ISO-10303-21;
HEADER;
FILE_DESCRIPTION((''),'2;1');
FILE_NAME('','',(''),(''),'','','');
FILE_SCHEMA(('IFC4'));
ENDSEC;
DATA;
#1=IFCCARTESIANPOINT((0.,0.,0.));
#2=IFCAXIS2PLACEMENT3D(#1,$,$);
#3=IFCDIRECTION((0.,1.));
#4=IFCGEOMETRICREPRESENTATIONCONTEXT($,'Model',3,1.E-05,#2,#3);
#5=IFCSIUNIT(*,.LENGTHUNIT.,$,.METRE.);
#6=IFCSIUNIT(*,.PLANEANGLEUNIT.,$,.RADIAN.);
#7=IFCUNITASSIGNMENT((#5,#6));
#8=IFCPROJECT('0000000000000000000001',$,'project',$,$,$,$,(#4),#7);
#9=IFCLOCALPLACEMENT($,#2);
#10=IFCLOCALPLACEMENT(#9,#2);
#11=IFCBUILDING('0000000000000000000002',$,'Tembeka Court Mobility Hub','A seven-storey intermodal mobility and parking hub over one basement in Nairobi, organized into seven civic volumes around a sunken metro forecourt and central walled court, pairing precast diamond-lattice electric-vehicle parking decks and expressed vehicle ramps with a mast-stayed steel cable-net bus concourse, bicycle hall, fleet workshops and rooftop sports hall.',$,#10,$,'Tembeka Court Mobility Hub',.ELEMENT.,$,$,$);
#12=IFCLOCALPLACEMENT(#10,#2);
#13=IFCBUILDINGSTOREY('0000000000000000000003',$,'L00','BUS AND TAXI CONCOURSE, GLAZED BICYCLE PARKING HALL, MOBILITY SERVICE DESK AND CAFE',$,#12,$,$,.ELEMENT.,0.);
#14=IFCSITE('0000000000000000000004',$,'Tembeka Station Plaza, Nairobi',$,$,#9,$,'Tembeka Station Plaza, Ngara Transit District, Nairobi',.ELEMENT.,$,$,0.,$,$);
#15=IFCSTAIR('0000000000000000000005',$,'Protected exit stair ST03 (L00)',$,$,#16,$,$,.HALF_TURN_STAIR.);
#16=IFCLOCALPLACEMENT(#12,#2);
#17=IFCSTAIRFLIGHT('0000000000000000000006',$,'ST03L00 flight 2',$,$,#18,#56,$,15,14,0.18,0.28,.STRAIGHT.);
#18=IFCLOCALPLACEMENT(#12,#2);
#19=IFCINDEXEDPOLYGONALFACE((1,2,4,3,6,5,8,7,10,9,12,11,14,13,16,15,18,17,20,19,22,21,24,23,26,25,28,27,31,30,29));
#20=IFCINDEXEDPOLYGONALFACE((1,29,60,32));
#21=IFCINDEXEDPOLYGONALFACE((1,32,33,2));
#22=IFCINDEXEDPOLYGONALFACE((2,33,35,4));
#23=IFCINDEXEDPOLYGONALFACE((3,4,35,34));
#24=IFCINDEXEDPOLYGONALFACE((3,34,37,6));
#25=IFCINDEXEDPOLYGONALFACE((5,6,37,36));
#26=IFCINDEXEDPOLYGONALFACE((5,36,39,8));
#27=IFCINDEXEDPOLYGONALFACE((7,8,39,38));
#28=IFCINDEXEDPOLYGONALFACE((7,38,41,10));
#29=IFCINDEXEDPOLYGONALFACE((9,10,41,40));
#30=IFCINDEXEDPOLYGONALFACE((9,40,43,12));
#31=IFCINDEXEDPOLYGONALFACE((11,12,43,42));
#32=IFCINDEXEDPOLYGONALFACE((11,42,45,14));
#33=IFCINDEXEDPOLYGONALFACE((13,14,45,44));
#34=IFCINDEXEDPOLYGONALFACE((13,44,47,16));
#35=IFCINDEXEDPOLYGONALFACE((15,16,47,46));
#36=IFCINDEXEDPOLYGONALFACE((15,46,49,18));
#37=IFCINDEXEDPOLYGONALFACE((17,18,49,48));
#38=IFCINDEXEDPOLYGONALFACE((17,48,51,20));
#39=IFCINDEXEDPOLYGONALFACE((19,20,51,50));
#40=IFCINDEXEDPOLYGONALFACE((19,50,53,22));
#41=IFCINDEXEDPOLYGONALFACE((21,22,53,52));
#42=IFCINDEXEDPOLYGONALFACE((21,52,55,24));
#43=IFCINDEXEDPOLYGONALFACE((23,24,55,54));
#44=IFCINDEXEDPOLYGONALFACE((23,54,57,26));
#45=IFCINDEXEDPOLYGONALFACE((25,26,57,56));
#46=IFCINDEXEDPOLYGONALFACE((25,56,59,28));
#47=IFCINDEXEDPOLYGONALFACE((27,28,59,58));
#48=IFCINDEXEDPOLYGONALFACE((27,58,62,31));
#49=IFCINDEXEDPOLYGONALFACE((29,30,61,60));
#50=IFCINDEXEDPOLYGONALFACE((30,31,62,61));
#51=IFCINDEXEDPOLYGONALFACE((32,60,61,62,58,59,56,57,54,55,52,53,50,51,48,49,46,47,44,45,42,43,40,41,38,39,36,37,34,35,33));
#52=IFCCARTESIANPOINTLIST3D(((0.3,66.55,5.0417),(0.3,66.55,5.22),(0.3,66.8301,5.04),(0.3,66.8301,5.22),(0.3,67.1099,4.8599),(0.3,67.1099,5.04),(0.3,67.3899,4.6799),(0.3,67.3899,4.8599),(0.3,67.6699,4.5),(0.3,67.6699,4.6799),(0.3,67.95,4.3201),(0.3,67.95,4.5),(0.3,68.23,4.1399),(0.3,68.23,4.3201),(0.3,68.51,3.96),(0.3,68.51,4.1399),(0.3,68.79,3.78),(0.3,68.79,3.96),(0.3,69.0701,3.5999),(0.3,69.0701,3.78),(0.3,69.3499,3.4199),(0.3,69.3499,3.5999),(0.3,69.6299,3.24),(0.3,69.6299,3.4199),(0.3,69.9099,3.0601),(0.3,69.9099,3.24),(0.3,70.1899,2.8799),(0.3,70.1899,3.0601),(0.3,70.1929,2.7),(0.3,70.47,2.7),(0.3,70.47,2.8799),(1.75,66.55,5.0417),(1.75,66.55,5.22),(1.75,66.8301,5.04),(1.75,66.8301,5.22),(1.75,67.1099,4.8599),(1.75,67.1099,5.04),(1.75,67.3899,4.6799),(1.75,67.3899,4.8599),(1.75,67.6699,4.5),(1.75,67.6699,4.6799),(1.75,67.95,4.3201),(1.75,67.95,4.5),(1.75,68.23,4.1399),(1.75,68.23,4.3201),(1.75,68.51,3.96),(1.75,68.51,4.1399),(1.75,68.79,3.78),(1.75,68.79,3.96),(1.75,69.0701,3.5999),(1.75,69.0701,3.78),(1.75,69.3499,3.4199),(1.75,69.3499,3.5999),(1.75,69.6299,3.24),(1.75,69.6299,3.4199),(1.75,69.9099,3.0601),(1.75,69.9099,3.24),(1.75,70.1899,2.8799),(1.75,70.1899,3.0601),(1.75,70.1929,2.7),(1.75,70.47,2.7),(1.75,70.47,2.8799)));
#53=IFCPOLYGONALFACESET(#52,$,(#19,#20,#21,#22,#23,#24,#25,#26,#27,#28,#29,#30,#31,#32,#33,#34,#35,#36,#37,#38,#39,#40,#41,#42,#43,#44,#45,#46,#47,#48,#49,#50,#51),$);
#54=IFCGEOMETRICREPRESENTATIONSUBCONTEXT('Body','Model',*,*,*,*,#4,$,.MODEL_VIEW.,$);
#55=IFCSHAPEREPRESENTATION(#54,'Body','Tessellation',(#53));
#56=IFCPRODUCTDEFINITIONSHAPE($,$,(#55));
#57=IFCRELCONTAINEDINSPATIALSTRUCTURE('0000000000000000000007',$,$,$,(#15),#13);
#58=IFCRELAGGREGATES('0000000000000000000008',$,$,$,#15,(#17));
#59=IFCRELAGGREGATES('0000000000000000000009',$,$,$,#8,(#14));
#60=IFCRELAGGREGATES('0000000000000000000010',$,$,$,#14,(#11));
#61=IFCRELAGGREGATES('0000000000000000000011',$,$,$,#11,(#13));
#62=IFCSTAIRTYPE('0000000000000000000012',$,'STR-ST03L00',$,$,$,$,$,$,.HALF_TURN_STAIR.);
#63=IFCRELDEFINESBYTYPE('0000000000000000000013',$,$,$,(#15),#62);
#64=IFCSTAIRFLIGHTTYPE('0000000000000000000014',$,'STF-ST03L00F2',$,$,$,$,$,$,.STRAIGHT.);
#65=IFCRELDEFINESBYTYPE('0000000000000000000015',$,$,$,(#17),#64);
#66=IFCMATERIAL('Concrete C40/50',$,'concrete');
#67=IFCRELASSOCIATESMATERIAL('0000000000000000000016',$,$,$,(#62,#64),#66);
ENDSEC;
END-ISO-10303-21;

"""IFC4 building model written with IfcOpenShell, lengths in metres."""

from ifc_helpers import new_model, si_unit, direction, frame, origin, place, context, subcontext, project, spatial, polyline, outline, extrude, material, type_object, element, aggregate, save


model = new_model("IFC4")

# Units and contexts
model_context = context("Model", 3, precision=1e-05, world=origin(), true_north=direction((0.0, 1.0)))
body_context = subcontext(model_context, "Body", "Model", "MODEL_VIEW")
ifc_project = project(units=[si_unit("LENGTHUNIT", "METRE"), si_unit("PLANEANGLEUNIT", "RADIAN")], contexts=[model_context])

# Site, building, storey
site_placement = place(None, origin())
site = spatial("IfcSite", under=ifc_project, at=site_placement, Name="Tembeka Station Plaza, Nairobi", LongName="Tembeka Station Plaza, Ngara Transit District, Nairobi", CompositionType="ELEMENT", RefElevation=0.0)
building_placement = place(site_placement, origin())
building = spatial("IfcBuilding", under=site, at=building_placement, Name="Tembeka Court Mobility Hub", Description="A seven-storey intermodal mobility and parking hub over one basement in Nairobi, organized into seven civic volumes around a sunken metro forecourt and central walled court, pairing precast diamond-lattice electric-vehicle parking decks and expressed vehicle ramps with a mast-stayed steel cable-net bus concourse, bicycle hall, fleet workshops and rooftop sports hall.", LongName="Tembeka Court Mobility Hub", CompositionType="ELEMENT")
storey_placement = place(building_placement, origin())
storey = spatial("IfcBuildingStorey", under=building, at=storey_placement, Name="L00", Description="BUS AND TAXI CONCOURSE, GLAZED BICYCLE PARKING HALL, MOBILITY SERVICE DESK AND CAFE", CompositionType="ELEMENT", Elevation=0.0)

# Shared definitions
ifc_material_1 = material(Name="Concrete C40/50", Category="concrete")

# Stair, stair flight
stair_type = type_object("IfcStairType", Name="STR-ST03L00", PredefinedType="HALF_TURN_STAIR", material=ifc_material_1)
stair_placement = place(storey_placement, origin())
stair = element("IfcStair", 1, at=stair_placement, inside=storey, type_object=stair_type, Name="Protected exit stair ST03 (L00)", PredefinedType="HALF_TURN_STAIR")
stair_flight_type_1 = type_object("IfcStairFlightType", Name="STF-ST03L00F2", PredefinedType="STRAIGHT", material=ifc_material_1)
stair_flight_1_placement = place(storey_placement, frame((1.0249, 70.47, 2.7), z_axis=(0.0, 0.0, 1.0), x_axis=(0.0, -1.0, 0.0)))
stair_flight_1 = element("IfcStairFlight", 2, at=stair_flight_1_placement, type_object=stair_flight_type_1, Name="ST03L00 flight 2", NumberOfRisers=15, NumberOfTreads=14, PredefinedType="STRAIGHT", RiserHeight=0.18, TreadLength=0.28, context=body_context, shape_type="SweptSolid", body=[
    extrude(outline(polyline([(0.0, 0.0), (0.0, 0.1799), (0.28, 0.1799), (0.28, 0.3601), (0.5601, 0.3601), (0.5601, 0.54), (0.8401, 0.54), (0.8401, 0.72), (1.1201, 0.72), (1.1201, 0.8999), (1.3999, 0.8999), (1.3999, 1.0801), (1.6799, 1.0801), (1.6799, 1.26), (1.96, 1.26), (1.96, 1.4399), (2.24, 1.4399), (2.24, 1.6201), (2.52, 1.6201), (2.52, 1.8), (2.8, 1.8), (2.8, 1.98), (3.0801, 1.98), (3.0801, 2.1599), (3.3601, 2.1599), (3.3601, 2.3401), (3.6399, 2.3401), (3.6399, 2.52), (3.9199, 2.52), (3.9199, 2.7), (3.9199, 2.3418), (0.2771, 0.0), (0.0, 0.0)])), frame((0.0, 0.7251, 0.0), z_axis=(0.0, -1.0, 0.0), x_axis=(1.0, 0.0, 0.0)), (0.0, 0.0, 1.0), 1.45),
])
aggregate(stair, [stair_flight_1])

save(model, "model.ifc")
